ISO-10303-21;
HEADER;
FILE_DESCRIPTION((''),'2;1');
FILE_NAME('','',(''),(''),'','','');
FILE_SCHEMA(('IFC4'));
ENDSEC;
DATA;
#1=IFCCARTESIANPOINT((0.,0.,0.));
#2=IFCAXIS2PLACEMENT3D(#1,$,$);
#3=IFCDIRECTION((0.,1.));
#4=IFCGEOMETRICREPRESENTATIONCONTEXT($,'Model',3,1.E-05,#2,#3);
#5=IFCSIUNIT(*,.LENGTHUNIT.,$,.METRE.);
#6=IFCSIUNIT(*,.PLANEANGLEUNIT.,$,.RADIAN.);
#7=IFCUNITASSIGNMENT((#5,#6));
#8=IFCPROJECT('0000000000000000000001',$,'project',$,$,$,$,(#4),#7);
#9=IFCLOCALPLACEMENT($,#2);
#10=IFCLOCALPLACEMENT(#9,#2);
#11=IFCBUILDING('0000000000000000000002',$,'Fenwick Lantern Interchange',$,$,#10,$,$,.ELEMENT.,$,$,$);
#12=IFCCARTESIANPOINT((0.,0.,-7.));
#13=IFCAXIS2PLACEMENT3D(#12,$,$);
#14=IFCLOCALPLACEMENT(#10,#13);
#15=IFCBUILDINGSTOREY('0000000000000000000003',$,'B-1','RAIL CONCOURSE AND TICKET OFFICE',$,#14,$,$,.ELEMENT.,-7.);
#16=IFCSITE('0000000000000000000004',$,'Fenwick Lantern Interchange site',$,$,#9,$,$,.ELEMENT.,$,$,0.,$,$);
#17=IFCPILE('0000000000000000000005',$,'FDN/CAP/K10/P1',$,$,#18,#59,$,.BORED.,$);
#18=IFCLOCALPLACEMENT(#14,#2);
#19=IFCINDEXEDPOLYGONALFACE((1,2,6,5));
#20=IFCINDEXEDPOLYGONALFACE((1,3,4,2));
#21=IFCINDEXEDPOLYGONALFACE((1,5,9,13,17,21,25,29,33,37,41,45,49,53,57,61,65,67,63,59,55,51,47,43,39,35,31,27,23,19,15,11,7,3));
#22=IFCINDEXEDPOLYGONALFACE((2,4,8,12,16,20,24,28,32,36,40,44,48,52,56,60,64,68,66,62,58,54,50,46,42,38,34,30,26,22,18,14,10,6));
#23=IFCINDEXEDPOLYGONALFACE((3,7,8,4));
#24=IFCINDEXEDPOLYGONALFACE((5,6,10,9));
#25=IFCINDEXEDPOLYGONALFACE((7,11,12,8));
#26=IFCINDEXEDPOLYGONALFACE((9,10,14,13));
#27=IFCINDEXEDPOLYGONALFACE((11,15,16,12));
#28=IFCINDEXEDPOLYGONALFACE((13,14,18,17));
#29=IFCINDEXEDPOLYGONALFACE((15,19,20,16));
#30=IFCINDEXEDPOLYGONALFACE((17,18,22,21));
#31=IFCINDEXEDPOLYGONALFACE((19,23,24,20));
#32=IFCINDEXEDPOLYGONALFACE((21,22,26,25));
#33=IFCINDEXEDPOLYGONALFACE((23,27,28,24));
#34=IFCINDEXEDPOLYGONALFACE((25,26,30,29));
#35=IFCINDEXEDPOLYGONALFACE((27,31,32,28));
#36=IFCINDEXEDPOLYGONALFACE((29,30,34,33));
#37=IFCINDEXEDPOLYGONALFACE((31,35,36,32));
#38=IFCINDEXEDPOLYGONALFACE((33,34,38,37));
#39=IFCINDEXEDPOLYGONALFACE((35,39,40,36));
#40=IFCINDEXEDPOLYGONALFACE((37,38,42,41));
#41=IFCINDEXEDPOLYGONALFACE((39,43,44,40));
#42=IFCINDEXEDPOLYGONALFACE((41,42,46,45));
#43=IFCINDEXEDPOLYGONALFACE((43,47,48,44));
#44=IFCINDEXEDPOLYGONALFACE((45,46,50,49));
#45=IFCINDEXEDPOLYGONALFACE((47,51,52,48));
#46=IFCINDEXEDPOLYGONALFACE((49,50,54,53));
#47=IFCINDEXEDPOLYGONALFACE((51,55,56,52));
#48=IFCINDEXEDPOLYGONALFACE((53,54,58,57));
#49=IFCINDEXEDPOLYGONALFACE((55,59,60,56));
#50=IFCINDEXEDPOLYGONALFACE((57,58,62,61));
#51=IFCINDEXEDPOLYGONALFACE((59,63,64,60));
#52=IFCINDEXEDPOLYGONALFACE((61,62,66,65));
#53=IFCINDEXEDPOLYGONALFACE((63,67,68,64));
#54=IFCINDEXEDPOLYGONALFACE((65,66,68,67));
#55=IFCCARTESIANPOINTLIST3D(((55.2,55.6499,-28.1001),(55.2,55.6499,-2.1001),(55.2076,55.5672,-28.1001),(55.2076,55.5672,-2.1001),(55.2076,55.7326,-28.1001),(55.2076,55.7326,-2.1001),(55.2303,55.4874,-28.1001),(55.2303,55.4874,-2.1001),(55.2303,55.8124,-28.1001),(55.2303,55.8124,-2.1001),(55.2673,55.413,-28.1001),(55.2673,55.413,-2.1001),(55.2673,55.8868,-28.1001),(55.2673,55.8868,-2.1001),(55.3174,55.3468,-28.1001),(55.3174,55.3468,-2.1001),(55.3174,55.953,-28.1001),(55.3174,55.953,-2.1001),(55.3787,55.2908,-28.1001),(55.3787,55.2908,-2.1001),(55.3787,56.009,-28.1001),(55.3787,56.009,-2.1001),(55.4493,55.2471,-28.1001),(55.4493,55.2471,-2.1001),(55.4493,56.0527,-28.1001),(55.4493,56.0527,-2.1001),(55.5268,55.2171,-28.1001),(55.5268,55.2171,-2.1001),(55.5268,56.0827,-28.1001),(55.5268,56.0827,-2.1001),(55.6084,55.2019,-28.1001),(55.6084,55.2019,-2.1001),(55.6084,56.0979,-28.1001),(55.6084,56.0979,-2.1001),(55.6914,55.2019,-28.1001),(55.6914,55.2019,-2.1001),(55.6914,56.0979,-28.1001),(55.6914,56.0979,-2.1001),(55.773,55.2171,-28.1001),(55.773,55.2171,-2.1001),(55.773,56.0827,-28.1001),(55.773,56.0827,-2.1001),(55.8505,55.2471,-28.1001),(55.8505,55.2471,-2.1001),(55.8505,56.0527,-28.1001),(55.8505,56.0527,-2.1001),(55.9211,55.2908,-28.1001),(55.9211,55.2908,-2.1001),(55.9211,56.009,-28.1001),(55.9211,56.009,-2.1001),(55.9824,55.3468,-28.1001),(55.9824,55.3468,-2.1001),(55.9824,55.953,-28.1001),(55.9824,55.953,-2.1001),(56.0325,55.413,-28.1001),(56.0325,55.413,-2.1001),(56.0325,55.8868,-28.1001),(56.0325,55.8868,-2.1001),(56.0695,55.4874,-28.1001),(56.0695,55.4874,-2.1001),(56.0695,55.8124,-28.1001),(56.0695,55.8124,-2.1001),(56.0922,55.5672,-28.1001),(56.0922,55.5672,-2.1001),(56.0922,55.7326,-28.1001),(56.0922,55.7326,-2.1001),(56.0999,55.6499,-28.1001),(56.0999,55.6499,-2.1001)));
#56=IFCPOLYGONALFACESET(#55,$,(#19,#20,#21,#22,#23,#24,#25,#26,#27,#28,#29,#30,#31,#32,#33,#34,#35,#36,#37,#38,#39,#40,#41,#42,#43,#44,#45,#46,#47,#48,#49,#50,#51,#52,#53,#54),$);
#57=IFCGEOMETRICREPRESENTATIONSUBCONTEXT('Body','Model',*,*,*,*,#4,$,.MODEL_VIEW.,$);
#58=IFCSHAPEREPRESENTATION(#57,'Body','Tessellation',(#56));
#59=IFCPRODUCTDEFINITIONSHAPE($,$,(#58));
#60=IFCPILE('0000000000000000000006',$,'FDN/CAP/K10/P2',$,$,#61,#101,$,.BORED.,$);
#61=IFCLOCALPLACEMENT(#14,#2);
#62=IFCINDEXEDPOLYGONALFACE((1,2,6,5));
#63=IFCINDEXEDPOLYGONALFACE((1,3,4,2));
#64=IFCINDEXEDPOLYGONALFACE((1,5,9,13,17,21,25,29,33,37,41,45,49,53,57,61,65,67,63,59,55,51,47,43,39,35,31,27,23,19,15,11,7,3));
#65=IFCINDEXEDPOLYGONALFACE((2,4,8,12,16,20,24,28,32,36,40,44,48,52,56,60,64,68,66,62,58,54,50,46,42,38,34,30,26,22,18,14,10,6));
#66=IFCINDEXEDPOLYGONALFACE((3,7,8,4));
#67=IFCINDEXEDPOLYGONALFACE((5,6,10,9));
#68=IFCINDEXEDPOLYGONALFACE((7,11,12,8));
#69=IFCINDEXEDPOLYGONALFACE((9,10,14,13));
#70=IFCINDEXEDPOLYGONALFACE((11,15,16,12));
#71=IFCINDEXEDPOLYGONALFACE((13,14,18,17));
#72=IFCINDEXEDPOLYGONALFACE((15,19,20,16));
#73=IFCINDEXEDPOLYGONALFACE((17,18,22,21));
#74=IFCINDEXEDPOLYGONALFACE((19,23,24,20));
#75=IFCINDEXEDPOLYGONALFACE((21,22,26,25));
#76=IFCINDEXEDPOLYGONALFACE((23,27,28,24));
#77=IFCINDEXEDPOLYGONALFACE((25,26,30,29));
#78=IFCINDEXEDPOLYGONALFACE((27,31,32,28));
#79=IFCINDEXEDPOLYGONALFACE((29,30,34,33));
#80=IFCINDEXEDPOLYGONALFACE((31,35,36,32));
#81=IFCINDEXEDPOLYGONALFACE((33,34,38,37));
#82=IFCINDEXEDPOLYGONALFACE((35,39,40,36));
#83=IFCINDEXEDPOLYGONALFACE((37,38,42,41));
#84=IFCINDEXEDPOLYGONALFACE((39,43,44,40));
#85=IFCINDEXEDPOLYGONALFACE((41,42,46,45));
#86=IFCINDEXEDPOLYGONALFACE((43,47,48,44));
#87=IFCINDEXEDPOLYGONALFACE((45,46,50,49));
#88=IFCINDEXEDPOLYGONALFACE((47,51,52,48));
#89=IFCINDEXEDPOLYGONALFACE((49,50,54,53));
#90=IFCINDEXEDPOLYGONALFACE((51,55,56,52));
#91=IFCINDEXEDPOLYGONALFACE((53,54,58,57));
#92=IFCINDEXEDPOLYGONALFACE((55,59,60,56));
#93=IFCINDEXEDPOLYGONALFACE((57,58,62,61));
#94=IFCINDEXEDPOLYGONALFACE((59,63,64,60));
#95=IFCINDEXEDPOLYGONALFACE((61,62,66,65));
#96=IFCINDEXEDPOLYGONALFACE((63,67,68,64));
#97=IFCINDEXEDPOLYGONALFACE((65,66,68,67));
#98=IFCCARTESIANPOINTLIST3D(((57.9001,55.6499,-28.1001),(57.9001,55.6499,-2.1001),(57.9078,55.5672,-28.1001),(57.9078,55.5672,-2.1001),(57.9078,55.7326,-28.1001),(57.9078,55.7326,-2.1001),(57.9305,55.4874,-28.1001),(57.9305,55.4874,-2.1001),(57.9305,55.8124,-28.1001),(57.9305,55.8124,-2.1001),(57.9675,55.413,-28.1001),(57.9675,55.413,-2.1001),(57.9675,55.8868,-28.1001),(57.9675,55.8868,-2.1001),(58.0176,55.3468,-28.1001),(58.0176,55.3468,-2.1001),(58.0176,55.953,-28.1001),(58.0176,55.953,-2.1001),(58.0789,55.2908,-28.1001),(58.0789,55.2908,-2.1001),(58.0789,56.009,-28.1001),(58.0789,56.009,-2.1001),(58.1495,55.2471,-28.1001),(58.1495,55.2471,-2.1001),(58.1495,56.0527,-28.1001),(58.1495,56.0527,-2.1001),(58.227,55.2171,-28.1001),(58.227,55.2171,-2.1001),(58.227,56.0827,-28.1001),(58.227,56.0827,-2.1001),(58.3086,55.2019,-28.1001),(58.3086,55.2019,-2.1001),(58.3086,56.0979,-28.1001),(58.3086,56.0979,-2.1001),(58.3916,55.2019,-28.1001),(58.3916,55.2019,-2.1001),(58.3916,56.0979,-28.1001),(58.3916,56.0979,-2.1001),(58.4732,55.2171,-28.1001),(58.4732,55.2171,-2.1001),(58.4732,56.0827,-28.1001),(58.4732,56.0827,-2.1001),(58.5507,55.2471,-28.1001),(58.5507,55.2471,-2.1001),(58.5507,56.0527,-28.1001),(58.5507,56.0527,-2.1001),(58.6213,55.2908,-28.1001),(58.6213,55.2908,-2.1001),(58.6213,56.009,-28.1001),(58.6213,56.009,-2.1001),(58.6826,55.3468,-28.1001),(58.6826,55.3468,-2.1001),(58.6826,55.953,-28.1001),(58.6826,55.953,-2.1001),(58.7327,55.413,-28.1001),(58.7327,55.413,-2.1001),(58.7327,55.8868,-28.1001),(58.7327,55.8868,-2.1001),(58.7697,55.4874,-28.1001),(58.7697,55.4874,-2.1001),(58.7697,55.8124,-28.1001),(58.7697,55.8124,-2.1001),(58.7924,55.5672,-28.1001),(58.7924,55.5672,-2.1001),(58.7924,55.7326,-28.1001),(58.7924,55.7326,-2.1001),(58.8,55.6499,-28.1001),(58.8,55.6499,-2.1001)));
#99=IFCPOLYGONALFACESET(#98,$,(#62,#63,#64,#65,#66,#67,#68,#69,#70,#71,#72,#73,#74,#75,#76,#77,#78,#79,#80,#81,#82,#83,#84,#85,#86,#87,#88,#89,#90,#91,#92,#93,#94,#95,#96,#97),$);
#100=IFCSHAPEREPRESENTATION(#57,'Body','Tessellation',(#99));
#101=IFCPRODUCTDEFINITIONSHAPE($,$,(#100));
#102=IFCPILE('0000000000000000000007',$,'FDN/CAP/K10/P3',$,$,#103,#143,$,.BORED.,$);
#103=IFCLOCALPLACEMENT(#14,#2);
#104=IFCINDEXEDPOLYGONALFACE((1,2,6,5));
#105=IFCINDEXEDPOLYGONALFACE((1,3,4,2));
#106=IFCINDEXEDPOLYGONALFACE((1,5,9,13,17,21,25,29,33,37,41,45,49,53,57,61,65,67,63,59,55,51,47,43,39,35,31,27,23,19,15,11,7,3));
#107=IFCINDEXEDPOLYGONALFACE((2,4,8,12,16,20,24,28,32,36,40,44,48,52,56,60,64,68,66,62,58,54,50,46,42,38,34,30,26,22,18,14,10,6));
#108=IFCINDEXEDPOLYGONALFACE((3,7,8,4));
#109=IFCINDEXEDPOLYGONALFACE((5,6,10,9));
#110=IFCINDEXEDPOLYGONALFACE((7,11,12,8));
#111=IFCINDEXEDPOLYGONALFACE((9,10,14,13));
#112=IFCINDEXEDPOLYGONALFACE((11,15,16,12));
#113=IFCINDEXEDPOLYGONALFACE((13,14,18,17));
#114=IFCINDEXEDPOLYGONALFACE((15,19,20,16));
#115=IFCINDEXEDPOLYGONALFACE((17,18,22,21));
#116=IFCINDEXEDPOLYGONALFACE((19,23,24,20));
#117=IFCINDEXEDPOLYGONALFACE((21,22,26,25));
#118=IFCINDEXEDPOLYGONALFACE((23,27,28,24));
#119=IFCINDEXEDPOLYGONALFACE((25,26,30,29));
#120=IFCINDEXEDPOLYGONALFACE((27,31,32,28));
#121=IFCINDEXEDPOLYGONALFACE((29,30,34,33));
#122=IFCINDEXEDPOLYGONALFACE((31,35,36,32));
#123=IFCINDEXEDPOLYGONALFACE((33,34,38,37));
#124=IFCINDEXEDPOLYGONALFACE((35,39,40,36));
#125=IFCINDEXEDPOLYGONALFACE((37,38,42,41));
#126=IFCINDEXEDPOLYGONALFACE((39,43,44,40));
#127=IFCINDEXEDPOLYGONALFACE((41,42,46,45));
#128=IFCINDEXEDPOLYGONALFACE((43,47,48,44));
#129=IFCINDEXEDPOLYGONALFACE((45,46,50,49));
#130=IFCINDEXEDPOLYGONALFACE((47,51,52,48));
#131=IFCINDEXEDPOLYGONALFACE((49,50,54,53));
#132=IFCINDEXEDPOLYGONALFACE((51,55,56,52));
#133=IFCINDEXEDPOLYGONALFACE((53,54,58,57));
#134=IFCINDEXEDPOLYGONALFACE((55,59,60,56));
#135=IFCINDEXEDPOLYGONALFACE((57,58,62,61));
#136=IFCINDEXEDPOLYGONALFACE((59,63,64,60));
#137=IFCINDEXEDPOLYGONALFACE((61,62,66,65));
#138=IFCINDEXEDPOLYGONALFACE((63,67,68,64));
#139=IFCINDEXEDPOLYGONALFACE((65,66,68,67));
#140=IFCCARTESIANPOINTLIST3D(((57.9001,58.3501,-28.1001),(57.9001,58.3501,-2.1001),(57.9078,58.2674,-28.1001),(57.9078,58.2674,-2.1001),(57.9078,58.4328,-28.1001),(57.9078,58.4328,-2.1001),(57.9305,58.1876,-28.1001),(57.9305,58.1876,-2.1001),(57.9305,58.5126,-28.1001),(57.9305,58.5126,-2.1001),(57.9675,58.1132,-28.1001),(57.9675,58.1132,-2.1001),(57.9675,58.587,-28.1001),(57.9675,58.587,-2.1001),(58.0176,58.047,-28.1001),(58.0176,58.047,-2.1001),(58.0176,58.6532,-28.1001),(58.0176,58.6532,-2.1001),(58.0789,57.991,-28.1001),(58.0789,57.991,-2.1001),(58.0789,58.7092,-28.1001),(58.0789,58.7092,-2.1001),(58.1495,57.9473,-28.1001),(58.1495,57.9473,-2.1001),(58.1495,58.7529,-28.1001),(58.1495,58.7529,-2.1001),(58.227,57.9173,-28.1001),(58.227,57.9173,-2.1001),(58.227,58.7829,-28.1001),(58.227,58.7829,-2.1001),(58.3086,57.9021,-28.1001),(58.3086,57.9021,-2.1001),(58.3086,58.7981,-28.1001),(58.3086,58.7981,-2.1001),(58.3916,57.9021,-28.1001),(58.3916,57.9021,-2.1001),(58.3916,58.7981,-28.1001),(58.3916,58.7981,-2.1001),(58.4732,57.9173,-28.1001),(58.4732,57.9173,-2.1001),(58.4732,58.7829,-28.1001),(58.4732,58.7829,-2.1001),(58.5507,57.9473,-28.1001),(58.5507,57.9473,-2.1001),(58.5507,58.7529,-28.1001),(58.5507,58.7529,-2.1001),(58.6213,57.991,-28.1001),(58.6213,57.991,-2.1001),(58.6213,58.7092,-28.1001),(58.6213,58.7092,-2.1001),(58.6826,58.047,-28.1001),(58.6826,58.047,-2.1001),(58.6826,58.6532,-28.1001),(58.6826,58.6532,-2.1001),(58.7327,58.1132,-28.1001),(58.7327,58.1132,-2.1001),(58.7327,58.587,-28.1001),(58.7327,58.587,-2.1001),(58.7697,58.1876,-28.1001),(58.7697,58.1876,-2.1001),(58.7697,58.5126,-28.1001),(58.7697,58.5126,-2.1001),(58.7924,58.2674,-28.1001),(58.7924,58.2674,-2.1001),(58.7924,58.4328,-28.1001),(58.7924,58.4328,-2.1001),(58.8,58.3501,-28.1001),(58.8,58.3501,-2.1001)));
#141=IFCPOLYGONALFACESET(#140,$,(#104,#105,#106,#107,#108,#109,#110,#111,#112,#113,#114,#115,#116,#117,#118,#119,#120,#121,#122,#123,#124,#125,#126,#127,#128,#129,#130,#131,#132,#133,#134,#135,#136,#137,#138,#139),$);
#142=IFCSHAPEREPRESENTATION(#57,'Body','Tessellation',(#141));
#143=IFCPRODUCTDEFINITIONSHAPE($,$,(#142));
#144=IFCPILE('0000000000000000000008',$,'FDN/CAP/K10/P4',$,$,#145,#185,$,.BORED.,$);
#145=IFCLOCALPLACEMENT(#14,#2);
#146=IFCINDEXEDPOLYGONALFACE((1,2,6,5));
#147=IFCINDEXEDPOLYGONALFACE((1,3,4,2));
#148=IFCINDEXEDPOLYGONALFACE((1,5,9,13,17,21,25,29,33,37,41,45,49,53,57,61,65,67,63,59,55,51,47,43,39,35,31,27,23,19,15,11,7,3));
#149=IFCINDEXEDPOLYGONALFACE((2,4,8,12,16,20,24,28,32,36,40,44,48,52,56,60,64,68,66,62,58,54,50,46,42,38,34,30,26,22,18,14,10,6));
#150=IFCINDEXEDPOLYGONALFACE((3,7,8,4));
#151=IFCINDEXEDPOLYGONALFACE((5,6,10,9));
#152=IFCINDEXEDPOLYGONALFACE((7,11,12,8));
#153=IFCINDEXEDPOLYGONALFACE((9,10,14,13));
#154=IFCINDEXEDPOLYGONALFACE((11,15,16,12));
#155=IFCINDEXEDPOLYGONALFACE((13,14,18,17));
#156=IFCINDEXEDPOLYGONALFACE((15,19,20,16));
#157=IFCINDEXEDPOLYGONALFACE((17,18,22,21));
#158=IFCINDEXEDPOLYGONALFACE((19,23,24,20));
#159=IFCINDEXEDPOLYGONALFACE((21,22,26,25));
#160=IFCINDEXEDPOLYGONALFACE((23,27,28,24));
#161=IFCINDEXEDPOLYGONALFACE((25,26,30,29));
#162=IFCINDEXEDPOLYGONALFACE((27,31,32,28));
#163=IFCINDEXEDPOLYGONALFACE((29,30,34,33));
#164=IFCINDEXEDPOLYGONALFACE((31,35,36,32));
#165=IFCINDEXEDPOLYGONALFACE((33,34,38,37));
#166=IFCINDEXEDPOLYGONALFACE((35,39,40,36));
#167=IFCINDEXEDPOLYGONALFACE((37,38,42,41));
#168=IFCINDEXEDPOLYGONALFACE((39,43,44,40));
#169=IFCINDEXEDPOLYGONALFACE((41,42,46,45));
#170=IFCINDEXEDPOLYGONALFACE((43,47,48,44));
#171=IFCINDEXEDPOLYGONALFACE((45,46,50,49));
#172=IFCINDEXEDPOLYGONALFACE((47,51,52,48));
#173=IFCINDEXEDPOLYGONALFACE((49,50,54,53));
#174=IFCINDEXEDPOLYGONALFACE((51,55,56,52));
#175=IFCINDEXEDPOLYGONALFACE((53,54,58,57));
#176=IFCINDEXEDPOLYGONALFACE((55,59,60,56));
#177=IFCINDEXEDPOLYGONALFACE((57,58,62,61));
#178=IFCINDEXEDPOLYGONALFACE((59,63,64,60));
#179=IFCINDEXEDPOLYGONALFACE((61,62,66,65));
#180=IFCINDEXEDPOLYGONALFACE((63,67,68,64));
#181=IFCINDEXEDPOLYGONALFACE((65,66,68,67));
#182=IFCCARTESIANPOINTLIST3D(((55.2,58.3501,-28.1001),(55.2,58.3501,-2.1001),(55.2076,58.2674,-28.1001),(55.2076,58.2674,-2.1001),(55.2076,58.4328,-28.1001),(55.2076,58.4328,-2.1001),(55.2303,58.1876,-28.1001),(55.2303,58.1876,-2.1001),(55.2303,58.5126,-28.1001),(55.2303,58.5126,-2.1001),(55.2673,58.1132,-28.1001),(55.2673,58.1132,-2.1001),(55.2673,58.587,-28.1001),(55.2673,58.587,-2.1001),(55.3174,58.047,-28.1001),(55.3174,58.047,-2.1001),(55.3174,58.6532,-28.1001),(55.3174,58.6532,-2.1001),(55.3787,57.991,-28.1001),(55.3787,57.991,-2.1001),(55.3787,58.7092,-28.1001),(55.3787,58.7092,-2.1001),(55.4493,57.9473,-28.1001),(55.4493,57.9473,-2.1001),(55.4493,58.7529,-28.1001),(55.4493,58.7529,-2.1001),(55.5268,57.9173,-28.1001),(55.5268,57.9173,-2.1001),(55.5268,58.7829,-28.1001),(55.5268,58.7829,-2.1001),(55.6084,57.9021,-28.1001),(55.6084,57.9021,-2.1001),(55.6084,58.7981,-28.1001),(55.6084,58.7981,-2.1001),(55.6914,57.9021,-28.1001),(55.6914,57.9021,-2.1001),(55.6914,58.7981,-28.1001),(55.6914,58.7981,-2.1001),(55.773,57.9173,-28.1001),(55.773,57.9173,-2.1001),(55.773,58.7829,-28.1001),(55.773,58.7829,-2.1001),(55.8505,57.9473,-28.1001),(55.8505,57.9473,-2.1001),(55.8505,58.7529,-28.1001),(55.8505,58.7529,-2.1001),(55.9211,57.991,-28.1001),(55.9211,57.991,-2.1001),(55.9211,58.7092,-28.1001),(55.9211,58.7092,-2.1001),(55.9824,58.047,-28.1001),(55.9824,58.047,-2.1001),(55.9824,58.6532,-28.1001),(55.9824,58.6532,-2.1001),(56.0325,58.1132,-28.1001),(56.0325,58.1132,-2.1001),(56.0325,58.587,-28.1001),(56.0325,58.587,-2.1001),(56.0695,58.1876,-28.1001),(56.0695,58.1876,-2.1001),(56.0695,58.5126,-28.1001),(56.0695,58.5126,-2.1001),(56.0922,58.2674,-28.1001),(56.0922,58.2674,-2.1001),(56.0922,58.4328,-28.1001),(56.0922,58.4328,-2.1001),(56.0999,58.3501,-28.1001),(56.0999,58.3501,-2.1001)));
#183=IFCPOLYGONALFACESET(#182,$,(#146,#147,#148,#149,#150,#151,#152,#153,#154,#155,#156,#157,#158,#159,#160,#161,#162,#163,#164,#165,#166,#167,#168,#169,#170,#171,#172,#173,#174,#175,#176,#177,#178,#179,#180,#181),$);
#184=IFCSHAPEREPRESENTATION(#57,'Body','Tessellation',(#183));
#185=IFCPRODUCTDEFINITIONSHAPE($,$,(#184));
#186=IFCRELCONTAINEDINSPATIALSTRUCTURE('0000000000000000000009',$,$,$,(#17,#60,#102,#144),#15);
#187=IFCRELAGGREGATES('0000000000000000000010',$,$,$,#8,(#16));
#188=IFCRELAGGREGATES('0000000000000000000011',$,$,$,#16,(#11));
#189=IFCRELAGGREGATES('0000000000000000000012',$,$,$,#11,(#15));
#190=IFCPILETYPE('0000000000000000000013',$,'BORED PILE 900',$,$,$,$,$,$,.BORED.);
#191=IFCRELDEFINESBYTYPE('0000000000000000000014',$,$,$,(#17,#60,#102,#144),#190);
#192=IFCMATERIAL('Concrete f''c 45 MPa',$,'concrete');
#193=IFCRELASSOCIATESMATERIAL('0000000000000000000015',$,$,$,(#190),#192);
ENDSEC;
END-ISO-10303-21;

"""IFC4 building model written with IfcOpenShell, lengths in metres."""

from ifc_helpers import new_model, si_unit, direction, frame, origin, origin_2d, place, context, subcontext, project, spatial, circle, extrude, material, type_object, element, save


model = new_model("IFC4")

# Units and contexts
model_context = context("Model", 3, precision=1e-05, world=origin(), true_north=direction((0.0, 1.0)))
body_context = subcontext(model_context, "Body", "Model", "MODEL_VIEW")
ifc_project = project(units=[si_unit("LENGTHUNIT", "METRE"), si_unit("PLANEANGLEUNIT", "RADIAN")], contexts=[model_context])

# Site, building, storey
site_placement = place(None, origin())
site = spatial("IfcSite", under=ifc_project, at=site_placement, Name="Fenwick Lantern Interchange site", CompositionType="ELEMENT", RefElevation=0.0)
building_placement = place(site_placement, origin())
building = spatial("IfcBuilding", under=site, at=building_placement, Name="Fenwick Lantern Interchange", CompositionType="ELEMENT")
storey_placement = place(building_placement, frame((0.0, 0.0, -7.0)))
storey = spatial("IfcBuildingStorey", under=building, at=storey_placement, Name="B-1", Description="RAIL CONCOURSE AND TICKET OFFICE", CompositionType="ELEMENT", Elevation=-7.0)

# Piles
ifc_material_1 = material(Name="Concrete f'c 45 MPa", Category="concrete")
pile_type_1 = type_object("IfcPileType", Name="BORED PILE 900", PredefinedType="BORED", material=ifc_material_1)
for number, where, z_axis, x_axis, name in (
    (1, (55.6499, 55.6499, -2.1001), (0.0, 0.0, -1.0), (1.0, 0.0, 0.0), "FDN/CAP/K10/P1"),
    (2, (58.3501, 55.6499, -2.1001), (0.0, 0.0, -1.0), (1.0, 0.0, 0.0), "FDN/CAP/K10/P2"),
    (3, (58.3501, 58.3501, -2.1001), (0.0, 0.0, -1.0), (1.0, 0.0, 0.0), "FDN/CAP/K10/P3"),
    (4, (55.6499, 58.3501, -2.1001), (0.0, 0.0, -1.0), (1.0, 0.0, 0.0), "FDN/CAP/K10/P4"),
):
    element("IfcPile", number, at=place(storey_placement, frame(where, z_axis=z_axis, x_axis=x_axis)), inside=storey, type_object=pile_type_1, Name=name, PredefinedType="BORED", context=body_context, shape_type="SweptSolid", body=[
        extrude(circle(Radius=0.45, at=origin_2d()), origin(), (0.0, 0.0, 1.0), 26.0),
    ])

save(model, "model.ifc")
